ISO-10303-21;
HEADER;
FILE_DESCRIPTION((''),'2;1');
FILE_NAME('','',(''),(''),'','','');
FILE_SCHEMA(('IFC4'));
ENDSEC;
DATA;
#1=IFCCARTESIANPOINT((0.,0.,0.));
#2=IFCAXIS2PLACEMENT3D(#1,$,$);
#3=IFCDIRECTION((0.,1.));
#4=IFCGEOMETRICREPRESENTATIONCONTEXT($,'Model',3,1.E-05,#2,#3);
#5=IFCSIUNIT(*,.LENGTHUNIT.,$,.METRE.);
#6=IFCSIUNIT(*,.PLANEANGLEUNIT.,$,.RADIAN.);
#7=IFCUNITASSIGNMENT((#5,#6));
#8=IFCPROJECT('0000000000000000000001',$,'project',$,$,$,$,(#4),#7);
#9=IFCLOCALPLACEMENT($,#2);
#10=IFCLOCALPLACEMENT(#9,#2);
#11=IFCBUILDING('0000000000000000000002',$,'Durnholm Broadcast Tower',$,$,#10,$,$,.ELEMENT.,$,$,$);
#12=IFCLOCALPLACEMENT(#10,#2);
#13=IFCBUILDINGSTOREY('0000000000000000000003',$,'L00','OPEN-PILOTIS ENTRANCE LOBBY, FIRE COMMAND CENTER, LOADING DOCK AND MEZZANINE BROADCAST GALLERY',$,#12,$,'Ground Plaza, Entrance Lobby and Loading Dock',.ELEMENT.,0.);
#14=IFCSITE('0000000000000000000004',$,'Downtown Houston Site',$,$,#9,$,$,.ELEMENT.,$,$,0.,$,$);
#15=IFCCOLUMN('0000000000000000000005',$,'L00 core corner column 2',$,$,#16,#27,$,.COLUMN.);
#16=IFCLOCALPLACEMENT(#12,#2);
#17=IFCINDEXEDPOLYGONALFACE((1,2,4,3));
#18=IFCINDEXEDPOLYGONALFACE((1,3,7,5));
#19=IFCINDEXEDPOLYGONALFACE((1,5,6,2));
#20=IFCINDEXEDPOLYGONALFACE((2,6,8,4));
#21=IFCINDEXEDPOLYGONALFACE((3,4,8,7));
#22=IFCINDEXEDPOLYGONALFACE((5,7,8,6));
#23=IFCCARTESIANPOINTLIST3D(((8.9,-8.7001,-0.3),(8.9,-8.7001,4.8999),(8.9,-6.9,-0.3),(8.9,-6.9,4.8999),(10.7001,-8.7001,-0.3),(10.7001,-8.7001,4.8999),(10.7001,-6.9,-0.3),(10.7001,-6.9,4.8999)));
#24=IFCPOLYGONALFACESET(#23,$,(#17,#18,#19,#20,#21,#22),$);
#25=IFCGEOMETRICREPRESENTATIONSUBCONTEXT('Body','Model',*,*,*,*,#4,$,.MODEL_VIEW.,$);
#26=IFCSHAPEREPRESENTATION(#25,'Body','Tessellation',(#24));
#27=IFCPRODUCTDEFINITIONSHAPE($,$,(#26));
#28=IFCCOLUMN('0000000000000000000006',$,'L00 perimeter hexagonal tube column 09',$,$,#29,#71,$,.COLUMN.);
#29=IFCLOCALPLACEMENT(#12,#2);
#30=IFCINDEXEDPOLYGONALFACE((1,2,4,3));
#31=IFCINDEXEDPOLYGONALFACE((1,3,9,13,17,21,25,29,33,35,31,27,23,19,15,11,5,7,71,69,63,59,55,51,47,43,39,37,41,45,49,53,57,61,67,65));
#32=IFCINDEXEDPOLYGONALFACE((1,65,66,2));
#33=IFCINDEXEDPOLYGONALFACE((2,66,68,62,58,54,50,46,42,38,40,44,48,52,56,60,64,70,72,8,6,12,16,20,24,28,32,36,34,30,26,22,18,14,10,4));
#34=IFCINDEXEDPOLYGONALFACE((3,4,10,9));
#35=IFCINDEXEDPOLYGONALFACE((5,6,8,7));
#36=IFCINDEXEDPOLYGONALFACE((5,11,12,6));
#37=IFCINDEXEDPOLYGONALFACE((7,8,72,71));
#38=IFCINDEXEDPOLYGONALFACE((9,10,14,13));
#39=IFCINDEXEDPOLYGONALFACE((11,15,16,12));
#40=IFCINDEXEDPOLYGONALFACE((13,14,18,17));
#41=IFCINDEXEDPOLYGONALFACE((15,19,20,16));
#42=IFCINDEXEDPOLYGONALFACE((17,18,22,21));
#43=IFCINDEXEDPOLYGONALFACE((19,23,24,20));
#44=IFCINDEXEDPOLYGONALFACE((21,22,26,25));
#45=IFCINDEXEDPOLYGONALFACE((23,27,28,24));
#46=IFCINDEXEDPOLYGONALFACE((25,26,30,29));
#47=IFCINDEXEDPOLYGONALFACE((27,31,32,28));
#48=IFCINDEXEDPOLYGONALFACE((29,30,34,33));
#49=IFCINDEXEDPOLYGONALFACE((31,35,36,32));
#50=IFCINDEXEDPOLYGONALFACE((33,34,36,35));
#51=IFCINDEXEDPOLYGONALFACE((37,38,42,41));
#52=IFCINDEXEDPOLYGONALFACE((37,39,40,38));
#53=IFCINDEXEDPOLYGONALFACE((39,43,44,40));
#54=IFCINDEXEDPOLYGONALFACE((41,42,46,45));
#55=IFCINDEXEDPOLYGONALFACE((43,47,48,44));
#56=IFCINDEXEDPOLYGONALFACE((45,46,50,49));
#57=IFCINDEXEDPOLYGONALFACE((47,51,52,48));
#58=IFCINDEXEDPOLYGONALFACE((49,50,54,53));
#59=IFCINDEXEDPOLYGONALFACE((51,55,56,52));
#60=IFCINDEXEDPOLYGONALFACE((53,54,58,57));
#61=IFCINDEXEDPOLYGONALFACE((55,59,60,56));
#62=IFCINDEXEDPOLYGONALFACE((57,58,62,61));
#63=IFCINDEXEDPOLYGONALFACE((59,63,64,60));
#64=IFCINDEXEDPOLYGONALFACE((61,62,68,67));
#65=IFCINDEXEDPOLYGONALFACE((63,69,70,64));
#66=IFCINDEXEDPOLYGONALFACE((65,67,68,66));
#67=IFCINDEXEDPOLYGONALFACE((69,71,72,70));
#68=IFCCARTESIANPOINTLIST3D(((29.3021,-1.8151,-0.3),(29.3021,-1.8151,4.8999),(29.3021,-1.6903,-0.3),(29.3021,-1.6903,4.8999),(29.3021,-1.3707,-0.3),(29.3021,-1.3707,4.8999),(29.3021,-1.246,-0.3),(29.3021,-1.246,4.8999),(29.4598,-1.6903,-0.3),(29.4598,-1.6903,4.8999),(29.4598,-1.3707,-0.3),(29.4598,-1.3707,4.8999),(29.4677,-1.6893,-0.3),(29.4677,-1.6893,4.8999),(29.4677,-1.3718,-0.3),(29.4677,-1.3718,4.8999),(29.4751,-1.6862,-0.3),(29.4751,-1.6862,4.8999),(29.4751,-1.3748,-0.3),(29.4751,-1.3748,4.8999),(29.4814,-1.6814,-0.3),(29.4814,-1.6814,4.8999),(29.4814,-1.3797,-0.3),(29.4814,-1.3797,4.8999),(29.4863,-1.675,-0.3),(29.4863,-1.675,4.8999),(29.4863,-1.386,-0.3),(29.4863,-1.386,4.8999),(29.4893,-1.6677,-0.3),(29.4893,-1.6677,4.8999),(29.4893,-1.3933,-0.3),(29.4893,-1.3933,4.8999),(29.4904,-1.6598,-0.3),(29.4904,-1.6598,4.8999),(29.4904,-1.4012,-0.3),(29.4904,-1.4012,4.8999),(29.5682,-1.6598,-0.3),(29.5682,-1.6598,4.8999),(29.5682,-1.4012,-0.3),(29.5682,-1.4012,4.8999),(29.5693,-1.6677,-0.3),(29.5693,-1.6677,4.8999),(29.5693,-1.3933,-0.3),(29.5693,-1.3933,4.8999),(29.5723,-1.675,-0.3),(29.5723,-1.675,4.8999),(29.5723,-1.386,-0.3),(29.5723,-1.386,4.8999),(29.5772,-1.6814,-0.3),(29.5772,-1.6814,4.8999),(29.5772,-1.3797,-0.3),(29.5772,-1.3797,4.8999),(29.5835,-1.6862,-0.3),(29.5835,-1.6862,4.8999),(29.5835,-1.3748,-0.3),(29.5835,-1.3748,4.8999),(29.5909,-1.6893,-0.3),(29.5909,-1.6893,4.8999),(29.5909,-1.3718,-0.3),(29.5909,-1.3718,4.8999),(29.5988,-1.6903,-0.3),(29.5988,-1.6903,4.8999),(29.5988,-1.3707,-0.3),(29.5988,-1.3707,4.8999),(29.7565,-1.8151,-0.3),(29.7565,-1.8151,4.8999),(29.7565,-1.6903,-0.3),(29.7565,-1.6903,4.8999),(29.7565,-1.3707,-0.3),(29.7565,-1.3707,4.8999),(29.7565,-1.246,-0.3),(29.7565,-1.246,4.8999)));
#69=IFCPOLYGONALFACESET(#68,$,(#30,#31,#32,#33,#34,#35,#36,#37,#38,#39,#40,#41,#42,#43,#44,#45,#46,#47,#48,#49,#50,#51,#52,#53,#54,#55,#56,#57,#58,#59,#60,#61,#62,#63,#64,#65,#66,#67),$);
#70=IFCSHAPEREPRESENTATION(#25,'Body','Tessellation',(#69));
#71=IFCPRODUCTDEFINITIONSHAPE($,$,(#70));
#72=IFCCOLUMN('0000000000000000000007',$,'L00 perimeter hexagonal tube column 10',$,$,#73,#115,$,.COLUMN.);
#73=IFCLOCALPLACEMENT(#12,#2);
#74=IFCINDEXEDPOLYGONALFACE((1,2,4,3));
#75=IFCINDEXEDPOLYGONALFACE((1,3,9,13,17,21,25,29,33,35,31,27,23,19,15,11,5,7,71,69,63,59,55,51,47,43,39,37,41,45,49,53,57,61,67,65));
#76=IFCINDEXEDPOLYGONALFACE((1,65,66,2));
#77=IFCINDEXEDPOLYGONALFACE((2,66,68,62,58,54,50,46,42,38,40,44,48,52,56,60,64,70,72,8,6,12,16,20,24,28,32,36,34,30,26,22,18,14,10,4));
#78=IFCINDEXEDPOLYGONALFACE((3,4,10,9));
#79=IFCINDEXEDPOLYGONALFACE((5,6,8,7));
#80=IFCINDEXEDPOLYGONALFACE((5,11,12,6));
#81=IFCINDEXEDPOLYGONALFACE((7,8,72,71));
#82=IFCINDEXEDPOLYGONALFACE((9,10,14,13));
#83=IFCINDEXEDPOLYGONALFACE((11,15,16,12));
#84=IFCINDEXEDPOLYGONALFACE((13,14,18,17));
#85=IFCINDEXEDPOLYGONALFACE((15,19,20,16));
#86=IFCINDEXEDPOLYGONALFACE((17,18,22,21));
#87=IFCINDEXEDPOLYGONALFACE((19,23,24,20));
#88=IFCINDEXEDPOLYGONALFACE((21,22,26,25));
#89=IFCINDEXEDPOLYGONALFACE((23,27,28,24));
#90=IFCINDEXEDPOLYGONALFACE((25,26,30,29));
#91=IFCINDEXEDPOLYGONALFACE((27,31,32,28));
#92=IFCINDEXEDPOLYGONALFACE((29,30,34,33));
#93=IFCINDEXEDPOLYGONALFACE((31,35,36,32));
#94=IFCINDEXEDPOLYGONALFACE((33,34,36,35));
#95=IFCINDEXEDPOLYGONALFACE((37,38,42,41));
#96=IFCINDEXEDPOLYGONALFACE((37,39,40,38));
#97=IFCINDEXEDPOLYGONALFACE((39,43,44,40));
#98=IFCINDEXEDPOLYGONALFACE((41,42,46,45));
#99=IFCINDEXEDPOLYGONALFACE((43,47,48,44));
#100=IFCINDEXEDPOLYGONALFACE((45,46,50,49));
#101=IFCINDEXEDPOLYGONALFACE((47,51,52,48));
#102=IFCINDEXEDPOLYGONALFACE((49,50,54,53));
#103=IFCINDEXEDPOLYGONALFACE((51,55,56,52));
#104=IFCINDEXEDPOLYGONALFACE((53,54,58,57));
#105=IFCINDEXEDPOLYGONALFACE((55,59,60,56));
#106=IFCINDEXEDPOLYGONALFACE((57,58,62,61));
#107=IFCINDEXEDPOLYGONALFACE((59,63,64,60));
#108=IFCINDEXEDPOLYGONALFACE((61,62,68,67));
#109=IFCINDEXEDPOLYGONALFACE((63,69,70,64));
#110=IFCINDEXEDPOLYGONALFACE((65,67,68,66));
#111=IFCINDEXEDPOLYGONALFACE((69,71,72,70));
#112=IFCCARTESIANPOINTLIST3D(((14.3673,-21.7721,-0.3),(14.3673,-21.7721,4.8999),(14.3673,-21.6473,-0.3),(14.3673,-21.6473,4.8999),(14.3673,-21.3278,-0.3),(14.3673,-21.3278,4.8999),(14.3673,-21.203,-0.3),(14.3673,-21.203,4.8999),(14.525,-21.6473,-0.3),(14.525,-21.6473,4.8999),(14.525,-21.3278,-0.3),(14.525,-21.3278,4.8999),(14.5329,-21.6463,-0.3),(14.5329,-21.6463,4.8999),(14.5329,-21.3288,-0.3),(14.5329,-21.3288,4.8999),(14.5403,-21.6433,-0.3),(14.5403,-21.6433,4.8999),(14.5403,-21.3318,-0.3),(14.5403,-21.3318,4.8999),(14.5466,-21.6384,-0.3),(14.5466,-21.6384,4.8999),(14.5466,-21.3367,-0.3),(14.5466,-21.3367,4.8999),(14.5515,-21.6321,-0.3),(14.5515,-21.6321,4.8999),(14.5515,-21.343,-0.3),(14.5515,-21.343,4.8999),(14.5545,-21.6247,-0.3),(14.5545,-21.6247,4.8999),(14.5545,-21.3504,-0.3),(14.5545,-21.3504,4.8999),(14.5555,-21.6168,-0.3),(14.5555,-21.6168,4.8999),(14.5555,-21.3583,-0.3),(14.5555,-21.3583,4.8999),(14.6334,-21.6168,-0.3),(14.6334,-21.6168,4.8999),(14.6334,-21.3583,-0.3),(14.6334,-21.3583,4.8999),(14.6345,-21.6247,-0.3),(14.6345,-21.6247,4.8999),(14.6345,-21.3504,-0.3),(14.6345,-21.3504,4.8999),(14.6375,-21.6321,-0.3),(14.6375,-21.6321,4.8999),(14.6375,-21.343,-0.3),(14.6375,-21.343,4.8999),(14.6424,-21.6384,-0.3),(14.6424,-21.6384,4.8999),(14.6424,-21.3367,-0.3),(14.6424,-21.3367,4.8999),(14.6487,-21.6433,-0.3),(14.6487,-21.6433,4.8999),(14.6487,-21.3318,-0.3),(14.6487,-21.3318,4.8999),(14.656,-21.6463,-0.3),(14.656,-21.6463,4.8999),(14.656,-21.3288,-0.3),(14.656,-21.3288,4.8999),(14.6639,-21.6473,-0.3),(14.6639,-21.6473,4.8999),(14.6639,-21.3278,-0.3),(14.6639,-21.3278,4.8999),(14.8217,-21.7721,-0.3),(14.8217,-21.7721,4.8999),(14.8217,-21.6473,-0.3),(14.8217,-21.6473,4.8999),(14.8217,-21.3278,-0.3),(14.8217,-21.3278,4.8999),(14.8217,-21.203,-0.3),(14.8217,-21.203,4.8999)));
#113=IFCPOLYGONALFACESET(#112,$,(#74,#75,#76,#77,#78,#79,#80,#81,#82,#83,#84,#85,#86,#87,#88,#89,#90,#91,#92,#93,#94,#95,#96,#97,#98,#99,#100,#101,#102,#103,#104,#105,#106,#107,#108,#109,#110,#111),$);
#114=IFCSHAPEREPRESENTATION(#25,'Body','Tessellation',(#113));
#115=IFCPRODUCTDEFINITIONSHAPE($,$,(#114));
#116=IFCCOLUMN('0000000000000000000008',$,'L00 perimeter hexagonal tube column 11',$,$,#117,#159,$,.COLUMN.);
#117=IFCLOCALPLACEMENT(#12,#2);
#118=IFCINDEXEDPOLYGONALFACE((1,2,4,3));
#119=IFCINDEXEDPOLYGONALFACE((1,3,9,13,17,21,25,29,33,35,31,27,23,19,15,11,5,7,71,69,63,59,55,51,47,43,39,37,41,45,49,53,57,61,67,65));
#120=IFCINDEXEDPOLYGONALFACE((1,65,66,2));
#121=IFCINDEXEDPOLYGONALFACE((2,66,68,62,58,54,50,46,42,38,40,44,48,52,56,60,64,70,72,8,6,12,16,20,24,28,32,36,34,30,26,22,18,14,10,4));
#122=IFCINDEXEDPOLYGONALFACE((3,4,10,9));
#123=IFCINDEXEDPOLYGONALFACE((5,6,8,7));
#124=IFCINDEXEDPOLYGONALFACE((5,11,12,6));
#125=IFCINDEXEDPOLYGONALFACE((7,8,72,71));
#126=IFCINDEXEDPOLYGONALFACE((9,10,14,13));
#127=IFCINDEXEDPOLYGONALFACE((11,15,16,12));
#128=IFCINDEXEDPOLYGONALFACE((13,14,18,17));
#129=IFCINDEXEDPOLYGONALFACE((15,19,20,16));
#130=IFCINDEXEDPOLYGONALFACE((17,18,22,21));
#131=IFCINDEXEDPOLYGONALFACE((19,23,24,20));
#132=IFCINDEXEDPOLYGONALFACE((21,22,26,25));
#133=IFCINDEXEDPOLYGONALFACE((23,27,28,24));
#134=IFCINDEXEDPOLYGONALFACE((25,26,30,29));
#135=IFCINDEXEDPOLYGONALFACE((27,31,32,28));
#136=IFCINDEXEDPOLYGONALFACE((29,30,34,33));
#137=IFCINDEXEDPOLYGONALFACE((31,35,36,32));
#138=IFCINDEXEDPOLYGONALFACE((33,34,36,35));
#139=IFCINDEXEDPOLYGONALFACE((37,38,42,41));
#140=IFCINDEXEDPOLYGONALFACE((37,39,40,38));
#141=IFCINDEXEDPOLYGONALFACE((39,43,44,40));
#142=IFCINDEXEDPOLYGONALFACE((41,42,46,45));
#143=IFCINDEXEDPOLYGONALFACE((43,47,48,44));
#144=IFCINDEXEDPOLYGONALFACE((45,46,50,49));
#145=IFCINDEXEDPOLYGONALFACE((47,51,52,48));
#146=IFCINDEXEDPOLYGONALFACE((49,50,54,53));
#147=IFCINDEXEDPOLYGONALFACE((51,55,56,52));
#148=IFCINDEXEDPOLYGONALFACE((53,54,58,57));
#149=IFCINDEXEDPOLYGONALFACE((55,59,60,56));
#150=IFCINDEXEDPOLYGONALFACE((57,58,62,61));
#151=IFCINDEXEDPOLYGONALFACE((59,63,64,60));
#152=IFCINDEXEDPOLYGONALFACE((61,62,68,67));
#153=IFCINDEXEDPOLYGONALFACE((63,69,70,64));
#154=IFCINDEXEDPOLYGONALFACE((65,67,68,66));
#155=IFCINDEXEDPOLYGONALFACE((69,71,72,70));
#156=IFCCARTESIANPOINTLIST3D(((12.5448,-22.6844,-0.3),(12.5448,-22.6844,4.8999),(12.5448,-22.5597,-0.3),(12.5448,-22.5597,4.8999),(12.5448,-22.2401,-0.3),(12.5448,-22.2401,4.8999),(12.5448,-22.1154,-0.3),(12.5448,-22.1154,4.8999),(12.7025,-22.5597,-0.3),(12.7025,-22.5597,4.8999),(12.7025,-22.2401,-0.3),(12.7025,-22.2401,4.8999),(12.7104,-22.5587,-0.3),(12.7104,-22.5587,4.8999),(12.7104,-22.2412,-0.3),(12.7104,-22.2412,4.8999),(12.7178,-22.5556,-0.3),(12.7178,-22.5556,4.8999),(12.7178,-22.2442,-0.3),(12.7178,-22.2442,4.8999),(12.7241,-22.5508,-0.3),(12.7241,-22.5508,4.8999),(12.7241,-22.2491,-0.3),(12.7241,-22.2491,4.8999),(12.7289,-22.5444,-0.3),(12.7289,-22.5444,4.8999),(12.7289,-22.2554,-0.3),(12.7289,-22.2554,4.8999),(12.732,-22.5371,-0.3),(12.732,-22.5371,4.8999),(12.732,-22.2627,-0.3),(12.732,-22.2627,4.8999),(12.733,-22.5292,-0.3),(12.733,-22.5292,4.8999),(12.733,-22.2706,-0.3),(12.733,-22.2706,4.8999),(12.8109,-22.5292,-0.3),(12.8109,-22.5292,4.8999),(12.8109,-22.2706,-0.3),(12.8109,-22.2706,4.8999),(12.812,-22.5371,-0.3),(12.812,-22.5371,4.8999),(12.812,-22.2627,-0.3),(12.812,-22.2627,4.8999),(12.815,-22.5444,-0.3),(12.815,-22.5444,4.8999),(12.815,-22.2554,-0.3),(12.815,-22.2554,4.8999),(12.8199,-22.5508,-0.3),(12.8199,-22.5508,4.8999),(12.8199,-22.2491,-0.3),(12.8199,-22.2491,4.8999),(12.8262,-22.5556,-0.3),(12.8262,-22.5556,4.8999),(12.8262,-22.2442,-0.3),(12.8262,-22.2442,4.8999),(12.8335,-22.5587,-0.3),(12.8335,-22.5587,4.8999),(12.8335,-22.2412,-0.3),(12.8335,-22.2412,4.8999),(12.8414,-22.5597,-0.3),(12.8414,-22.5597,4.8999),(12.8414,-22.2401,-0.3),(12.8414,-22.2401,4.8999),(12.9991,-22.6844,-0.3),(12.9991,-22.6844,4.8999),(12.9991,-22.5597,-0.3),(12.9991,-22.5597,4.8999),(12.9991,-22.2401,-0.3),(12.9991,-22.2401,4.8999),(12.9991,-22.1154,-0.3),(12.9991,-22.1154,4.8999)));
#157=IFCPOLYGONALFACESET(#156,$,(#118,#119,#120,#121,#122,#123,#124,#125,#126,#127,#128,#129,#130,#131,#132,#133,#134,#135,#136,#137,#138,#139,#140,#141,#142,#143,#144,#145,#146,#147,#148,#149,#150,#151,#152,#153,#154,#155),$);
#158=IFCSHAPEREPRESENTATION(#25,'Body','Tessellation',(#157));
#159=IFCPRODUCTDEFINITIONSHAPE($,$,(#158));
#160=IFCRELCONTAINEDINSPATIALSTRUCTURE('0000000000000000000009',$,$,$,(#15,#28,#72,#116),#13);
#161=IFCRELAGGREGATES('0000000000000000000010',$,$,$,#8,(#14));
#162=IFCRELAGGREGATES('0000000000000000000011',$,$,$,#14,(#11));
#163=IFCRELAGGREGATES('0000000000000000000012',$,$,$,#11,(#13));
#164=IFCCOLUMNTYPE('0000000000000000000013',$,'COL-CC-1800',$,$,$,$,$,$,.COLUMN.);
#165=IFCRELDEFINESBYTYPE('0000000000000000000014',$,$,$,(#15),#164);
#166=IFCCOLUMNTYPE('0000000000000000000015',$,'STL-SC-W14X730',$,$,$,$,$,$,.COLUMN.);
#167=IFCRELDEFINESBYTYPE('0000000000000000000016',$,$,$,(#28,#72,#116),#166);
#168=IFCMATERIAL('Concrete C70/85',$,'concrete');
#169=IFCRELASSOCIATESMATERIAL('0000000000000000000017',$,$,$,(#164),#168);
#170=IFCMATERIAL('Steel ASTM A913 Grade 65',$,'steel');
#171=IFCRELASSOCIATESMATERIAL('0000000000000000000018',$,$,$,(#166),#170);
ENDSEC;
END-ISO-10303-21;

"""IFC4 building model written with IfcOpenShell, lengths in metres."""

from ifc_helpers import new_model, si_unit, direction, frame, origin, origin_2d, place, context, subcontext, project, spatial, rectangle, i_section, extrude, source, transform, mapped, material, material_profile, profile_set, type_object, type_shapes, element, save


model = new_model("IFC4")

# Units and contexts
model_context = context("Model", 3, precision=1e-05, world=origin(), true_north=direction((0.0, 1.0)))
body_context = subcontext(model_context, "Body", "Model", "MODEL_VIEW")
ifc_project = project(units=[si_unit("LENGTHUNIT", "METRE"), si_unit("PLANEANGLEUNIT", "RADIAN")], contexts=[model_context])

# Site, building, storey
site_placement = place(None, origin())
site = spatial("IfcSite", under=ifc_project, at=site_placement, Name="Downtown Houston Site", CompositionType="ELEMENT", RefElevation=0.0)
building_placement = place(site_placement, origin())
building = spatial("IfcBuilding", under=site, at=building_placement, Name="Durnholm Broadcast Tower", CompositionType="ELEMENT")
storey_placement = place(building_placement, origin())
storey = spatial("IfcBuildingStorey", under=building, at=storey_placement, Name="L00", Description="OPEN-PILOTIS ENTRANCE LOBBY, FIRE COMMAND CENTER, LOADING DOCK AND MEZZANINE BROADCAST GALLERY", LongName="Ground Plaza, Entrance Lobby and Loading Dock", CompositionType="ELEMENT", Elevation=0.0)

# Columns
ifc_material_1 = material(Name="Concrete C70/85", Category="concrete")
ifc_material_profile_1 = material_profile(ifc_material_1, rectangle(XDim=1.8, YDim=1.8, at=origin_2d()), Name="RC1800X1800")
ifc_profile_set_1 = profile_set([ifc_material_profile_1], Name="Concrete C70/85")
column_type_1 = type_object("IfcColumnType", Name="COL-CC-1800", PredefinedType="COLUMN", material=ifc_profile_set_1)
shared_shape_1 = source(origin(), body_context, "Body", "SweptSolid", [
    extrude(rectangle(XDim=1.8, YDim=1.8, at=origin_2d()), origin(), (0.0, 0.0, 1.0), 5.2),
])
type_shapes(column_type_1, [shared_shape_1])
column_placement = place(storey_placement, frame((9.8, -7.8, -0.3), z_axis=(0.0, 0.0, 1.0), x_axis=(1.0, 0.0, 0.0)))
element("IfcColumn", 1, at=column_placement, inside=storey, type_object=column_type_1, Name="L00 core corner column 2", PredefinedType="COLUMN", context=body_context, shape_type="MappedRepresentation", body=[
    mapped(shared_shape_1, transform((0.0, 0.0, 0.0), x_axis=(1.0, 0.0, 0.0), y_axis=(0.0, 1.0, 0.0), z_axis=(0.0, 0.0, 1.0), scale=1.0)),
])
ifc_material_2 = material(Name="Steel ASTM A913 Grade 65", Category="steel")
ifc_material_profile_2 = material_profile(ifc_material_2, i_section(OverallWidth=0.4543, OverallDepth=0.5691, WebThickness=0.0779, FlangeThickness=0.1248, FilletRadius=0.0305, at=origin_2d()), Name="W14X730")
ifc_profile_set_2 = profile_set([ifc_material_profile_2], Name="Steel ASTM A913 Grade 65")
column_type_2 = type_object("IfcColumnType", Name="STL-SC-W14X730", PredefinedType="COLUMN", material=ifc_profile_set_2)
shared_shape_2 = source(origin(), body_context, "Body", "SweptSolid", [
    extrude(i_section(OverallWidth=0.4543, OverallDepth=0.5691, WebThickness=0.0779, FlangeThickness=0.1248, FilletRadius=0.0305, at=origin_2d()), origin(), (0.0, 0.0, 1.0), 5.2),
])
type_shapes(column_type_2, [shared_shape_2])
for number, where, z_axis, x_axis, name in (
    (2, (29.5293, -1.5305, -0.3), (0.0, 0.0, 1.0), (1.0, 0.0, 0.0), "L00 perimeter hexagonal tube column 09"),
    (3, (14.5945, -21.4875, -0.3), (0.0, 0.0, 1.0), (1.0, 0.0, 0.0), "L00 perimeter hexagonal tube column 10"),
    (4, (12.772, -22.3999, -0.3), (0.0, 0.0, 1.0), (1.0, 0.0, 0.0), "L00 perimeter hexagonal tube column 11"),
):
    element("IfcColumn", number, at=place(storey_placement, frame(where, z_axis=z_axis, x_axis=x_axis)), inside=storey, type_object=column_type_2, Name=name, PredefinedType="COLUMN", context=body_context, shape_type="MappedRepresentation", body=[
        mapped(shared_shape_2, transform((0.0, 0.0, 0.0), x_axis=(1.0, 0.0, 0.0), y_axis=(0.0, 1.0, 0.0), z_axis=(0.0, 0.0, 1.0), scale=1.0)),
    ])

save(model, "model.ifc")
